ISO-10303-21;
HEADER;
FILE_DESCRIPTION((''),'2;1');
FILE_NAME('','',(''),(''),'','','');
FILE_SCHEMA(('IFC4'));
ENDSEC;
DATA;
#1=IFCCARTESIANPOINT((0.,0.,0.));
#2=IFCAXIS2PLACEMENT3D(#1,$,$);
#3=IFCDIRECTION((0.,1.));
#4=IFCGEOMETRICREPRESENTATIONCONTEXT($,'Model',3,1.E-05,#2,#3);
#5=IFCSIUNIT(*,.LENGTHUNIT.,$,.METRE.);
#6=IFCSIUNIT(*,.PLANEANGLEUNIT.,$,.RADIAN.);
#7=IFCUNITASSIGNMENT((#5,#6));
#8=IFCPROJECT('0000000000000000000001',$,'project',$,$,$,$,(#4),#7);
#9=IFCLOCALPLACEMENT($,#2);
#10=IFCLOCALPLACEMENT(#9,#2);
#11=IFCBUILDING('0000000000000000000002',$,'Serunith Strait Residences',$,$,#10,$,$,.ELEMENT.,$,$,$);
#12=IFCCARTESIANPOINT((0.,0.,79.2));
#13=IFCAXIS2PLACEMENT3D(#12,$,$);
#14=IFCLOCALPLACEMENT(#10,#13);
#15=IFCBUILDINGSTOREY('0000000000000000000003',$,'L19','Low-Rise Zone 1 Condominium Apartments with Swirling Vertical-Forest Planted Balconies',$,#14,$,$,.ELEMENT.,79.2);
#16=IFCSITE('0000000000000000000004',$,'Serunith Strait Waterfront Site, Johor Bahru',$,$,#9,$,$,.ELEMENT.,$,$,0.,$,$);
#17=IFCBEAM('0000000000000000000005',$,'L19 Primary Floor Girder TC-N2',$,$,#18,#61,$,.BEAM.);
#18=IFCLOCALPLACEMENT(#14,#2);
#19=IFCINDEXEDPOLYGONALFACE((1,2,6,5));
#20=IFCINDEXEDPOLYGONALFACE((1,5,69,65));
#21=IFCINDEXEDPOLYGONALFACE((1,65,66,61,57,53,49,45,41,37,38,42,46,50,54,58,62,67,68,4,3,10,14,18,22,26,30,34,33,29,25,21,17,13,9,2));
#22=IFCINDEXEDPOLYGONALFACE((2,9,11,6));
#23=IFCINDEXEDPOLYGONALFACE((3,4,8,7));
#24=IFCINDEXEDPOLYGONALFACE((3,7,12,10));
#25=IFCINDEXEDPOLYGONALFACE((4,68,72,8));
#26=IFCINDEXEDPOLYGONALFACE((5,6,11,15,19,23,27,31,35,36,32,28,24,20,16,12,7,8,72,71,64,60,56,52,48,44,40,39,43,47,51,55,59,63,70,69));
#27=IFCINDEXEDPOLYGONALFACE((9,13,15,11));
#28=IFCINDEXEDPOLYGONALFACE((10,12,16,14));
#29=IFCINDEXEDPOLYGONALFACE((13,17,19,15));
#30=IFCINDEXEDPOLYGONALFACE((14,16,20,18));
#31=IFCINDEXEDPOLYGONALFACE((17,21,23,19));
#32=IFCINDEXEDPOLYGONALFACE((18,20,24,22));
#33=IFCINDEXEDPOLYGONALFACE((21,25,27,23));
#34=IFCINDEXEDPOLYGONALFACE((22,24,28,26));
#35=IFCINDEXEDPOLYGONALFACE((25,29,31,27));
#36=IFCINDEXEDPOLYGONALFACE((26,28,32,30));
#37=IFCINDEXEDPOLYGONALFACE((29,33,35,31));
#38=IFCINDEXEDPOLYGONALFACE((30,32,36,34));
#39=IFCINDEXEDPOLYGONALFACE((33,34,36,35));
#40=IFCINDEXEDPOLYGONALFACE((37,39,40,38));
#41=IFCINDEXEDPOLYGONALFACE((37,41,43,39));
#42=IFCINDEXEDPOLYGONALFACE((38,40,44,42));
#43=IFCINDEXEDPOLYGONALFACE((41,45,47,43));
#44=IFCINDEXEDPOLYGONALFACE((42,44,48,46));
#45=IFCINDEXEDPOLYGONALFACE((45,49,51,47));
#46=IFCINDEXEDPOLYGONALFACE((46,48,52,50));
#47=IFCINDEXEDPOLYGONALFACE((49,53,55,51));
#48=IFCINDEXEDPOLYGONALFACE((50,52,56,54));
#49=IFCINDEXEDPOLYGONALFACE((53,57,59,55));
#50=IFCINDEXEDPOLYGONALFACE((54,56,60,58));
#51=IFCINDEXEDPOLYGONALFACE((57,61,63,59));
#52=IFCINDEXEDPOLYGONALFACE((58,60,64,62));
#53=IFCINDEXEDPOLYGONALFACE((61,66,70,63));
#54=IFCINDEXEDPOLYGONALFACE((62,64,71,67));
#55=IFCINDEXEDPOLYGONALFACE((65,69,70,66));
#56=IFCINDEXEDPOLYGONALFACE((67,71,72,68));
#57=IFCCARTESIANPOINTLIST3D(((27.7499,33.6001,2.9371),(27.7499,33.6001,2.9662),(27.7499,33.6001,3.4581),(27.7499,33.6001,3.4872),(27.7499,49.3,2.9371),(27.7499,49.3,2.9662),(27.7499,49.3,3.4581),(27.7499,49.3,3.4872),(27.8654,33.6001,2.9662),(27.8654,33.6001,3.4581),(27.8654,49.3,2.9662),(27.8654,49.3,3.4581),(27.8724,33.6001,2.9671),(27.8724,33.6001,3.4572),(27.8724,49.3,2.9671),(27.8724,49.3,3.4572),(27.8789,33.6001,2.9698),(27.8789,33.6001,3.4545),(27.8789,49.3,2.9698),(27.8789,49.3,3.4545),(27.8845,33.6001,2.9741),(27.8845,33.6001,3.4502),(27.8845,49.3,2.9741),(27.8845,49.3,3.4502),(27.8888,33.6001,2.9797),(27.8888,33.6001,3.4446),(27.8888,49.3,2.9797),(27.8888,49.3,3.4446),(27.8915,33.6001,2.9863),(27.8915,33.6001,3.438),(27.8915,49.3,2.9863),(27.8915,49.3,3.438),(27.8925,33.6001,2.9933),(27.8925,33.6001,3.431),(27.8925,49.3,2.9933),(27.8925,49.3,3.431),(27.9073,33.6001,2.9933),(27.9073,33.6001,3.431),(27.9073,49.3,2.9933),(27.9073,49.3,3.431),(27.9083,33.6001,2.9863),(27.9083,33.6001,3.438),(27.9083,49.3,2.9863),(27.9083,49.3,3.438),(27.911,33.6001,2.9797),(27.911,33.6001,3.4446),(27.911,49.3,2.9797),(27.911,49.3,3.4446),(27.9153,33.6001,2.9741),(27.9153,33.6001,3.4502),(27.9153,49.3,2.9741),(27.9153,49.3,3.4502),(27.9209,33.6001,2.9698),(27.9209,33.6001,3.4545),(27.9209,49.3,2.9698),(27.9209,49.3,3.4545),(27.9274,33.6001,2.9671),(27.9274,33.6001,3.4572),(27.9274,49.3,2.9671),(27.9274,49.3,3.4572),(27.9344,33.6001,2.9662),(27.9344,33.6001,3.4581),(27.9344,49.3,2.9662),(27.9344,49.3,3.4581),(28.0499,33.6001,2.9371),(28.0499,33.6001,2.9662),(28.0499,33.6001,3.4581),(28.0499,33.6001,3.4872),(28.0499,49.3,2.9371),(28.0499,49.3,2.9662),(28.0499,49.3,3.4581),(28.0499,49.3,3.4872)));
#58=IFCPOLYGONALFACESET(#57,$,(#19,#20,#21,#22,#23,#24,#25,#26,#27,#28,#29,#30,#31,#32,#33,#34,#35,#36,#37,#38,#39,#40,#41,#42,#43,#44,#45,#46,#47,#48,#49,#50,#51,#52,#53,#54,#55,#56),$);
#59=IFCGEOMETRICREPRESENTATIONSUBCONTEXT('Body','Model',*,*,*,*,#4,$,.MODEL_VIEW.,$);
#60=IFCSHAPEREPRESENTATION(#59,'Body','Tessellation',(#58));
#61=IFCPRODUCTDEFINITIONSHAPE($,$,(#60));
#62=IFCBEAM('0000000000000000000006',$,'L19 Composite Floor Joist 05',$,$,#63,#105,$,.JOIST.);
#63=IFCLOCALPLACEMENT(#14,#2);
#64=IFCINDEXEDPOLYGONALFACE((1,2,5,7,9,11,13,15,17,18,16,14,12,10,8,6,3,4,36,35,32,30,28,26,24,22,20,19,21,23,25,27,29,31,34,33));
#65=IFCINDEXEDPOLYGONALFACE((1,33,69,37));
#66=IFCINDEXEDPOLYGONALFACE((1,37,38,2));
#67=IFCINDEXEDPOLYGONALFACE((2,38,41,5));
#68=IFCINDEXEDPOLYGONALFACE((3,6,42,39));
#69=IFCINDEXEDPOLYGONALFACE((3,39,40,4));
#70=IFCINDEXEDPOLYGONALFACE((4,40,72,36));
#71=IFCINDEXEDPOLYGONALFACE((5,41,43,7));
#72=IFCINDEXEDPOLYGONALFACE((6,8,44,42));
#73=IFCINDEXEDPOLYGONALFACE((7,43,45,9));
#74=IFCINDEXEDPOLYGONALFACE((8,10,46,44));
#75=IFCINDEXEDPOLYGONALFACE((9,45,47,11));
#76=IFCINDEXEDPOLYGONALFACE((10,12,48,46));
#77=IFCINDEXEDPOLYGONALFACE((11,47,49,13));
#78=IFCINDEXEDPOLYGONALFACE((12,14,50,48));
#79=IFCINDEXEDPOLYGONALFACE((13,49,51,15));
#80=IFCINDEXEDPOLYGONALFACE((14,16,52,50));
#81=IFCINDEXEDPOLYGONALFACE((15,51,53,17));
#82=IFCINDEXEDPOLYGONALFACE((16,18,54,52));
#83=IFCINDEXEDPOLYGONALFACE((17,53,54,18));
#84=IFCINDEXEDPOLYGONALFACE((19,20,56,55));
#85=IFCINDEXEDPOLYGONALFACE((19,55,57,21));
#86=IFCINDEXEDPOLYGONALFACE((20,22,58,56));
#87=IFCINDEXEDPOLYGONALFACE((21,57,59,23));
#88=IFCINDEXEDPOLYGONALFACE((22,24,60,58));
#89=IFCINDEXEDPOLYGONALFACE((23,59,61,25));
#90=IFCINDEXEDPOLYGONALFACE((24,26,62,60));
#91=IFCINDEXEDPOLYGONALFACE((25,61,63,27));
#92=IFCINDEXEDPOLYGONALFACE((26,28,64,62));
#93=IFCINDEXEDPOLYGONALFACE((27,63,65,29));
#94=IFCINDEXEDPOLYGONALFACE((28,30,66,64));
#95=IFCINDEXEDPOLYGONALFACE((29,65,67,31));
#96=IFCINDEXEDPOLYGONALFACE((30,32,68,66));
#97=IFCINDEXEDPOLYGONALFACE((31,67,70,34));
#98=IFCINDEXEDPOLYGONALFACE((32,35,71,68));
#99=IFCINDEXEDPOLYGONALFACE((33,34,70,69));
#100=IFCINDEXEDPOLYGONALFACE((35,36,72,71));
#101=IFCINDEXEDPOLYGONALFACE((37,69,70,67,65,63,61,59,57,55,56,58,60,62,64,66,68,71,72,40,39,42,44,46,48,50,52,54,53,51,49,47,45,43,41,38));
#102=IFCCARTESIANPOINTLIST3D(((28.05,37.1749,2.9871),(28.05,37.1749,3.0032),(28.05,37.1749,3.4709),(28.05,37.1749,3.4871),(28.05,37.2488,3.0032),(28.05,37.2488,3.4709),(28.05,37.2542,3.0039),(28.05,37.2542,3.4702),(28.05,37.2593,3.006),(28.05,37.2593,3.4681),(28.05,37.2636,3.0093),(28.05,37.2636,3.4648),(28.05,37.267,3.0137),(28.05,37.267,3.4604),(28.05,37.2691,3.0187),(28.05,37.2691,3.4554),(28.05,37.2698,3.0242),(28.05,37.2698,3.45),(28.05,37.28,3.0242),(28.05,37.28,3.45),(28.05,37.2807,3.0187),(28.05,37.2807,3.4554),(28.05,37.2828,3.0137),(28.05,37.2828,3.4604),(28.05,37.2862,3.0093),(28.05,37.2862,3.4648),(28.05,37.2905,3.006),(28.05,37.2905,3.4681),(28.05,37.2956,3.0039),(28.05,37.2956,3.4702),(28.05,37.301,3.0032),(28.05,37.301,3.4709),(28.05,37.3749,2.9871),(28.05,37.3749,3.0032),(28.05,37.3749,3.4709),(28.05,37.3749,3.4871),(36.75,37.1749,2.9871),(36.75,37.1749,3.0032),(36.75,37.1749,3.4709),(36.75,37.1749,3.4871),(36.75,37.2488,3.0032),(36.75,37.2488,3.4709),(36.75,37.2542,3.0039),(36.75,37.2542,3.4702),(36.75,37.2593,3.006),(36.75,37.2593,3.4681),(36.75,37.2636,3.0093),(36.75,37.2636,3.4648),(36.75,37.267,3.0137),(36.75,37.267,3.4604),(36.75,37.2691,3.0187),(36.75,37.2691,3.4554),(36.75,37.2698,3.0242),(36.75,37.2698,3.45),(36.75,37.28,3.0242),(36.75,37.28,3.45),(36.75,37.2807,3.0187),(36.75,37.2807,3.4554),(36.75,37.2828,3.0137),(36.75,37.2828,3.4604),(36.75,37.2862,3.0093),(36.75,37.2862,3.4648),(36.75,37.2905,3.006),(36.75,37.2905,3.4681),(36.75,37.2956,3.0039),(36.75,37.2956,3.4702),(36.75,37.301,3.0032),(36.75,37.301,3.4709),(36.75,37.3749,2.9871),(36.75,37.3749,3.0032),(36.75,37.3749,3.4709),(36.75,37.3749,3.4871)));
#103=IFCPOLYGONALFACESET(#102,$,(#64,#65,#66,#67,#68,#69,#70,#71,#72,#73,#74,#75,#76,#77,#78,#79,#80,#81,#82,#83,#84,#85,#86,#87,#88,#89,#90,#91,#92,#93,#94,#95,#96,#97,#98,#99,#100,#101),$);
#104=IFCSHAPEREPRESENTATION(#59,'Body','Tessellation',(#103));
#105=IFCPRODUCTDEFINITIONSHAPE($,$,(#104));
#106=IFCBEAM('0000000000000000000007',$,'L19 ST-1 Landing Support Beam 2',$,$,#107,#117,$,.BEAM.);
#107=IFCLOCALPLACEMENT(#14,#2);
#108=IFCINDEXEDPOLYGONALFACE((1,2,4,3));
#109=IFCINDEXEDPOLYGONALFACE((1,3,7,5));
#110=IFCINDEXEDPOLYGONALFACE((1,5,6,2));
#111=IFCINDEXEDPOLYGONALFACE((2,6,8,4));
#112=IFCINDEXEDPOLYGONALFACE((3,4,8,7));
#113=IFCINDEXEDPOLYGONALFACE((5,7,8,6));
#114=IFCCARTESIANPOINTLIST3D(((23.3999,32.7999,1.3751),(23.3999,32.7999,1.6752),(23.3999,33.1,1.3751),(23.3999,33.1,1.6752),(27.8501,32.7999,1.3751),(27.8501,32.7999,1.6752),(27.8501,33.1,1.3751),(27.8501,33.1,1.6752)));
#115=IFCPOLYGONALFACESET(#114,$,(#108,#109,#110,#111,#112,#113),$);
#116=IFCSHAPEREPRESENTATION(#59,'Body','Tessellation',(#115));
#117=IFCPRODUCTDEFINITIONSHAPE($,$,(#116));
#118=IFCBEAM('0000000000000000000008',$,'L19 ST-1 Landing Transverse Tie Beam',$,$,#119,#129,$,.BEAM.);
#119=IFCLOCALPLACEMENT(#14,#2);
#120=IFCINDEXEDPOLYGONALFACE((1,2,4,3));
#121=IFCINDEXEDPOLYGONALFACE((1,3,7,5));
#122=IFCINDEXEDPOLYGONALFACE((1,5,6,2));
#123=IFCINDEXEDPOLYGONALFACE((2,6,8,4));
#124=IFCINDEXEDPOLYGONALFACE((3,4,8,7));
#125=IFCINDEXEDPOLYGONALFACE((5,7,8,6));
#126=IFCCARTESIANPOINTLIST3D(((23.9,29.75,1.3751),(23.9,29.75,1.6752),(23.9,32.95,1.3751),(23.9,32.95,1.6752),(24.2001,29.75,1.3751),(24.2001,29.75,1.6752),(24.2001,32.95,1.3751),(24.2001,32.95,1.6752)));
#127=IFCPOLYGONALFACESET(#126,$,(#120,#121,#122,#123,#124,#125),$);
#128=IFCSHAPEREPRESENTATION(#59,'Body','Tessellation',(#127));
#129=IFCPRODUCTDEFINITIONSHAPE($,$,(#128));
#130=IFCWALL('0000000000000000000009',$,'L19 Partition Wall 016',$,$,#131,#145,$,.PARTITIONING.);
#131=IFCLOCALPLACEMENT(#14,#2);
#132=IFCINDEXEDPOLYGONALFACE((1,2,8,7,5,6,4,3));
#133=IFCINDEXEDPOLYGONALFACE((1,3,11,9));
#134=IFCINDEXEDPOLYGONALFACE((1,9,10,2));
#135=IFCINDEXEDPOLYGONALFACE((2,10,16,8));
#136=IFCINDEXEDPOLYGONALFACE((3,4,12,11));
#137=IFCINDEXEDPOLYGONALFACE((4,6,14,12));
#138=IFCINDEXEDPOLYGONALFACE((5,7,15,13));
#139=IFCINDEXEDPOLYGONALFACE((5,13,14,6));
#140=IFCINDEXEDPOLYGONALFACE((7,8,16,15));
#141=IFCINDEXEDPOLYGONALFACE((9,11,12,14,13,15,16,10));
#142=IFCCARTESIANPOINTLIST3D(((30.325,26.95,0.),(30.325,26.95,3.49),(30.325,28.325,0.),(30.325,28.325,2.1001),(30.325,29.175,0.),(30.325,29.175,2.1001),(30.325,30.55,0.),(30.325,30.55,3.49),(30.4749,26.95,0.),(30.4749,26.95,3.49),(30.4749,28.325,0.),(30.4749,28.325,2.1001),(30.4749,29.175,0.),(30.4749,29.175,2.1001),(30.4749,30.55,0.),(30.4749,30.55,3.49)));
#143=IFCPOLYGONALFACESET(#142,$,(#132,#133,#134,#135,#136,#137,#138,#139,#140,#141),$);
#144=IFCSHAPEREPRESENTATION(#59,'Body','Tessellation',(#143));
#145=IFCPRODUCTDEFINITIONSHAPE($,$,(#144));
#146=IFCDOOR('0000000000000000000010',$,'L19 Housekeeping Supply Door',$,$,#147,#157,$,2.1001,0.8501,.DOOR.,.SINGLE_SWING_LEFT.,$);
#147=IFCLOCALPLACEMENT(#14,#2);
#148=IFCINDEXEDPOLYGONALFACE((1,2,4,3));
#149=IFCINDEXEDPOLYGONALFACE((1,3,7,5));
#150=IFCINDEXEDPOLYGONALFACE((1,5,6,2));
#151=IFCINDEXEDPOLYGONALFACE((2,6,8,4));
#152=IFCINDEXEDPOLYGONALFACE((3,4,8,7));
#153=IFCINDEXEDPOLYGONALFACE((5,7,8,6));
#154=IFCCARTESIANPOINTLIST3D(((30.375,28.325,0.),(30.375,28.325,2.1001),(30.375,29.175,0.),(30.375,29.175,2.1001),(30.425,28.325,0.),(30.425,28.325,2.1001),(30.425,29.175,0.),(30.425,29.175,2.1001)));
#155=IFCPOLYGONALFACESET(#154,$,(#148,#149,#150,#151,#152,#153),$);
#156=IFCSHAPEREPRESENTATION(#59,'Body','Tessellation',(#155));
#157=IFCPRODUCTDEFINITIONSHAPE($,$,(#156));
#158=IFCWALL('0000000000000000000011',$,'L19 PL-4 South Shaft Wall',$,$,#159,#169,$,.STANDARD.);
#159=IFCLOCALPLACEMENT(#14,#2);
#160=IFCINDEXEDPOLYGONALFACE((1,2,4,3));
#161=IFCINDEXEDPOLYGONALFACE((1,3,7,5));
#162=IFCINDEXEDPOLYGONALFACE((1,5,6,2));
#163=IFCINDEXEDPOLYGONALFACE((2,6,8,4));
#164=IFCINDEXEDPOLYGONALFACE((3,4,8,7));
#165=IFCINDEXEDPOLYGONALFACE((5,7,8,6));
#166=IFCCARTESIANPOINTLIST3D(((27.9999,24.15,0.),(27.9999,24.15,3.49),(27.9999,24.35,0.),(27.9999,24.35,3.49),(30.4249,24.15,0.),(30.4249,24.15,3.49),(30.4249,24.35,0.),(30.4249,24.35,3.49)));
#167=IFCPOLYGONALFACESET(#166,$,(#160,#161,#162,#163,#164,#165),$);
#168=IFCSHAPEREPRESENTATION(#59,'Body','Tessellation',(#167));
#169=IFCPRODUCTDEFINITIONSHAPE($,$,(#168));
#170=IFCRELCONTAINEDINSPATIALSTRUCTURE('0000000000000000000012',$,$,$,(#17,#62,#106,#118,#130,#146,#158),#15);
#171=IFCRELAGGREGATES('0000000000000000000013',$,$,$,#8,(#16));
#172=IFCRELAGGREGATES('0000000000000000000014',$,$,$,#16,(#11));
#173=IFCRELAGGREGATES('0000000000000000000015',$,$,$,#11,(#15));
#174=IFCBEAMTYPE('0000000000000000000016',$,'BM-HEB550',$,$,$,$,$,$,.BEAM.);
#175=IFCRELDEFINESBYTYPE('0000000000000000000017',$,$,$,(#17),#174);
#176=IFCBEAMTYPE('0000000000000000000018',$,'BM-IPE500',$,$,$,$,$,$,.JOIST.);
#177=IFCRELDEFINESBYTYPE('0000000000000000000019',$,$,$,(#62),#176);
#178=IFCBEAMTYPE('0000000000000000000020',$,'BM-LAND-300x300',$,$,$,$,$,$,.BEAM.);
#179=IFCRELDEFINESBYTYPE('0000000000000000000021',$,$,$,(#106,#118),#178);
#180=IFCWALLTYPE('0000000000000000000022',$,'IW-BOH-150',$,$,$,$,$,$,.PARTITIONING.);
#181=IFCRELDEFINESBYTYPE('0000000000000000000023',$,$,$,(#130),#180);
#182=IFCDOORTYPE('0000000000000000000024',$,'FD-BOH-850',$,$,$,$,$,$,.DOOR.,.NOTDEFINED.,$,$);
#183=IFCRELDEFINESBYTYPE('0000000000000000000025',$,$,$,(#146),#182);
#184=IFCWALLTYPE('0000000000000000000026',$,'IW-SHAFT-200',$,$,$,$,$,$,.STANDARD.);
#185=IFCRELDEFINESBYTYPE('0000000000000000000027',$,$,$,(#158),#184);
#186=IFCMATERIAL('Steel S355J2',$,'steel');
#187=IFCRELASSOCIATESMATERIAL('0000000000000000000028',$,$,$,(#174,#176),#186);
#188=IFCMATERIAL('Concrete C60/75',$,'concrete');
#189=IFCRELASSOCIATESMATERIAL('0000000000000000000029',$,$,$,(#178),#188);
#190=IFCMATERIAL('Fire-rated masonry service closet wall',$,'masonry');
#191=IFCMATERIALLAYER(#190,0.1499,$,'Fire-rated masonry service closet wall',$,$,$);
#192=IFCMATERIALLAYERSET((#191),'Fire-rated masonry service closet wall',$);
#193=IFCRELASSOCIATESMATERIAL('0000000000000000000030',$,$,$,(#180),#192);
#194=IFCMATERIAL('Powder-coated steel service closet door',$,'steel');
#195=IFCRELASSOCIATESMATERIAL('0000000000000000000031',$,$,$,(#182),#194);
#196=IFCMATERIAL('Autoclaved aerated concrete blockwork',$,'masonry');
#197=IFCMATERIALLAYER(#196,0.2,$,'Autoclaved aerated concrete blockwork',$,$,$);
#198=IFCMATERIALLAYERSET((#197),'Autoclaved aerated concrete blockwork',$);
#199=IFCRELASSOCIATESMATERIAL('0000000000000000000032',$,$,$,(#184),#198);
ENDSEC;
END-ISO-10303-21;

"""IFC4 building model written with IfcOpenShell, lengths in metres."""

from ifc_helpers import new_model, si_unit, direction, frame, frame_2d, origin, origin_2d, place, context, subcontext, project, spatial, rectangle, i_section, extrude, source, transform, mapped, material, layer, layer_set, material_profile, profile_set, type_object, element, fill, save


model = new_model("IFC4")

# Units and contexts
model_context = context("Model", 3, precision=1e-05, world=origin(), true_north=direction((0.0, 1.0)))
body_context = subcontext(model_context, "Body", "Model", "MODEL_VIEW")
ifc_project = project(units=[si_unit("LENGTHUNIT", "METRE"), si_unit("PLANEANGLEUNIT", "RADIAN")], contexts=[model_context])

# Site, building, storey
site_placement = place(None, origin())
site = spatial("IfcSite", under=ifc_project, at=site_placement, Name="Serunith Strait Waterfront Site, Johor Bahru", CompositionType="ELEMENT", RefElevation=0.0)
building_placement = place(site_placement, origin())
building = spatial("IfcBuilding", under=site, at=building_placement, Name="Serunith Strait Residences", CompositionType="ELEMENT")
storey_placement = place(building_placement, frame((0.0, 0.0, 79.2)))
storey = spatial("IfcBuildingStorey", under=building, at=storey_placement, Name="L19", Description="Low-Rise Zone 1 Condominium Apartments with Swirling Vertical-Forest Planted Balconies", CompositionType="ELEMENT", Elevation=79.2)

# Beams
ifc_material_1 = material(Name="Steel S355J2", Category="steel")
ifc_material_profile_1 = material_profile(ifc_material_1, i_section(OverallWidth=0.3, OverallDepth=0.55, WebThickness=0.0149, FlangeThickness=0.0291, FilletRadius=0.0271, at=origin_2d()), Name="HEB 550")
ifc_profile_set_1 = profile_set([ifc_material_profile_1], Name="Steel S355J2")
beam_type_1 = type_object("IfcBeamType", Name="BM-HEB550", PredefinedType="BEAM", material=ifc_profile_set_1)
shared_shape_1 = source(origin(), body_context, "Body", "SweptSolid", [
    extrude(i_section(OverallWidth=0.3, OverallDepth=0.55, WebThickness=0.0149, FlangeThickness=0.0291, FilletRadius=0.0271, at=origin_2d()), origin(), (0.0, 0.0, 1.0), 15.7),
])
beam_1_placement = place(storey_placement, frame((27.8999, 33.6001, 3.2122), z_axis=(0.0, 1.0, 0.0), x_axis=(-1.0, 0.0, 0.0)))
element("IfcBeam", 1, at=beam_1_placement, inside=storey, type_object=beam_type_1, Name="L19 Primary Floor Girder TC-N2", PredefinedType="BEAM", context=body_context, shape_type="MappedRepresentation", body=[
    mapped(shared_shape_1, transform((0.0, 0.0, 0.0), scale=1.0)),
])
ifc_material_profile_2 = material_profile(ifc_material_1, i_section(OverallWidth=0.2, OverallDepth=0.5, WebThickness=0.0103, FlangeThickness=0.0161, FilletRadius=0.021, at=origin_2d()), Name="IPE 500")
ifc_profile_set_2 = profile_set([ifc_material_profile_2], Name="Steel S355J2")
beam_type_2 = type_object("IfcBeamType", Name="BM-IPE500", PredefinedType="JOIST", material=ifc_profile_set_2)
shared_shape_2 = source(origin(), body_context, "Body", "SweptSolid", [
    extrude(i_section(OverallWidth=0.2, OverallDepth=0.5, WebThickness=0.0103, FlangeThickness=0.0161, FilletRadius=0.021, at=origin_2d()), origin(), (0.0, 0.0, 1.0), 8.7),
])
beam_2_placement = place(storey_placement, frame((28.05, 37.2749, 3.2371), z_axis=(1.0, 0.0, 0.0), x_axis=(0.0, 1.0, 0.0)))
element("IfcBeam", 2, at=beam_2_placement, inside=storey, type_object=beam_type_2, Name="L19 Composite Floor Joist 05", PredefinedType="JOIST", context=body_context, shape_type="MappedRepresentation", body=[
    mapped(shared_shape_2, transform((0.0, 0.0, 0.0), scale=1.0)),
])
ifc_material_2 = material(Name="Concrete C60/75", Category="concrete")
ifc_material_profile_3 = material_profile(ifc_material_2, rectangle(XDim=0.3, YDim=0.3, at=origin_2d()), Name="RC 300x300")
ifc_profile_set_3 = profile_set([ifc_material_profile_3], Name="Concrete C60/75")
beam_type_3 = type_object("IfcBeamType", Name="BM-LAND-300x300", PredefinedType="BEAM", material=ifc_profile_set_3)
shared_shape_3 = source(origin(), body_context, "Body", "SweptSolid", [
    extrude(rectangle(XDim=0.3, YDim=0.3, at=origin_2d()), origin(), (0.0, 0.0, 1.0), 4.4502),
])
beam_3_placement = place(storey_placement, frame((23.3999, 32.95, 1.5251), z_axis=(1.0, 0.0, 0.0), x_axis=(0.0, 1.0, 0.0)))
element("IfcBeam", 3, at=beam_3_placement, inside=storey, type_object=beam_type_3, Name="L19 ST-1 Landing Support Beam 2", PredefinedType="BEAM", context=body_context, shape_type="MappedRepresentation", body=[
    mapped(shared_shape_3, transform((0.0, 0.0, 0.0), scale=1.0)),
])
shared_shape_4 = source(origin(), body_context, "Body", "SweptSolid", [
    extrude(rectangle(XDim=0.3, YDim=0.3, at=origin_2d()), origin(), (0.0, 0.0, 1.0), 3.2),
])
beam_4_placement = place(storey_placement, frame((24.05, 29.75, 1.5251), z_axis=(0.0, 1.0, 0.0), x_axis=(-1.0, 0.0, 0.0)))
element("IfcBeam", 4, at=beam_4_placement, inside=storey, type_object=beam_type_3, Name="L19 ST-1 Landing Transverse Tie Beam", PredefinedType="BEAM", context=body_context, shape_type="MappedRepresentation", body=[
    mapped(shared_shape_4, transform((0.0, 0.0, 0.0), scale=1.0)),
])

# Wall, opening, door
ifc_material_3 = material(Name="Fire-rated masonry service closet wall", Category="masonry")
ifc_layer_1 = layer(ifc_material_3, 0.1499, Name="Fire-rated masonry service closet wall")
ifc_layer_set_1 = layer_set([ifc_layer_1], Name="Fire-rated masonry service closet wall")
wall_type_1 = type_object("IfcWallType", Name="IW-BOH-150", PredefinedType="PARTITIONING", material=ifc_layer_set_1)
wall_1_placement = place(storey_placement, frame((30.3999, 26.95, 0.0), z_axis=(0.0, 0.0, 1.0), x_axis=(0.0, 1.0, 0.0)))
wall_1 = element("IfcWall", 5, at=wall_1_placement, inside=storey, type_object=wall_type_1, Name="L19 Partition Wall 016", PredefinedType="PARTITIONING", context=body_context, shape_type="SweptSolid", body=[
    extrude(rectangle(XDim=3.6001, YDim=0.1499, at=frame_2d((1.8, 0.0))), origin(), (0.0, 0.0, 1.0), 3.49),
])
opening_placement = place(wall_1_placement, frame((1.375, 0.0, 0.0)))
opening = element("IfcOpeningElement", 6, at=opening_placement, cuts=wall_1, PredefinedType="OPENING", context=body_context, shape_type="SweptSolid", body=[
    extrude(rectangle(XDim=0.8501, YDim=2.1001, at=frame_2d((0.425, 1.05))), frame((0.0, 0.085, 0.0), z_axis=(0.0, -1.0, 0.0), x_axis=(1.0, 0.0, 0.0)), (0.0, 0.0, 1.0), 0.1699),
])
ifc_material_4 = material(Name="Powder-coated steel service closet door", Category="steel")
door_type = type_object("IfcDoorType", Name="FD-BOH-850", OperationType="NOTDEFINED", PredefinedType="DOOR", material=ifc_material_4)
shared_shape_5 = source(origin(), body_context, "Body", "SweptSolid", [
    extrude(rectangle(XDim=0.8501, YDim=2.1001, at=frame_2d((0.425, 1.05))), frame((0.0, 0.0249, 0.0), z_axis=(0.0, -1.0, 0.0), x_axis=(1.0, 0.0, 0.0)), (0.0, 0.0, 1.0), 0.05),
])
door_placement = place(opening_placement, origin())
door = element("IfcDoor", 7, at=door_placement, inside=storey, type_object=door_type, Name="L19 Housekeeping Supply Door", OperationType="SINGLE_SWING_LEFT", OverallHeight=2.1001, OverallWidth=0.8501, PredefinedType="DOOR", context=body_context, shape_type="MappedRepresentation", body=[
    mapped(shared_shape_5, transform((0.0, 0.0, 0.0), scale=1.0)),
])
fill(opening, door)

# Wall
ifc_material_5 = material(Name="Autoclaved aerated concrete blockwork", Category="masonry")
ifc_layer_2 = layer(ifc_material_5, 0.2, Name="Autoclaved aerated concrete blockwork")
ifc_layer_set_2 = layer_set([ifc_layer_2], Name="Autoclaved aerated concrete blockwork")
wall_type_2 = type_object("IfcWallType", Name="IW-SHAFT-200", PredefinedType="STANDARD", material=ifc_layer_set_2)
wall_2_placement = place(storey_placement, frame((28.0, 24.25, 0.0), z_axis=(0.0, 0.0, 1.0), x_axis=(1.0, 0.0, 0.0)))
element("IfcWall", 8, at=wall_2_placement, inside=storey, type_object=wall_type_2, Name="L19 PL-4 South Shaft Wall", PredefinedType="STANDARD", context=body_context, shape_type="SweptSolid", body=[
    extrude(rectangle(XDim=2.425, YDim=0.2, at=frame_2d((1.2124, 0.0))), origin(), (0.0, 0.0, 1.0), 3.49),
])

save(model, "model.ifc")
